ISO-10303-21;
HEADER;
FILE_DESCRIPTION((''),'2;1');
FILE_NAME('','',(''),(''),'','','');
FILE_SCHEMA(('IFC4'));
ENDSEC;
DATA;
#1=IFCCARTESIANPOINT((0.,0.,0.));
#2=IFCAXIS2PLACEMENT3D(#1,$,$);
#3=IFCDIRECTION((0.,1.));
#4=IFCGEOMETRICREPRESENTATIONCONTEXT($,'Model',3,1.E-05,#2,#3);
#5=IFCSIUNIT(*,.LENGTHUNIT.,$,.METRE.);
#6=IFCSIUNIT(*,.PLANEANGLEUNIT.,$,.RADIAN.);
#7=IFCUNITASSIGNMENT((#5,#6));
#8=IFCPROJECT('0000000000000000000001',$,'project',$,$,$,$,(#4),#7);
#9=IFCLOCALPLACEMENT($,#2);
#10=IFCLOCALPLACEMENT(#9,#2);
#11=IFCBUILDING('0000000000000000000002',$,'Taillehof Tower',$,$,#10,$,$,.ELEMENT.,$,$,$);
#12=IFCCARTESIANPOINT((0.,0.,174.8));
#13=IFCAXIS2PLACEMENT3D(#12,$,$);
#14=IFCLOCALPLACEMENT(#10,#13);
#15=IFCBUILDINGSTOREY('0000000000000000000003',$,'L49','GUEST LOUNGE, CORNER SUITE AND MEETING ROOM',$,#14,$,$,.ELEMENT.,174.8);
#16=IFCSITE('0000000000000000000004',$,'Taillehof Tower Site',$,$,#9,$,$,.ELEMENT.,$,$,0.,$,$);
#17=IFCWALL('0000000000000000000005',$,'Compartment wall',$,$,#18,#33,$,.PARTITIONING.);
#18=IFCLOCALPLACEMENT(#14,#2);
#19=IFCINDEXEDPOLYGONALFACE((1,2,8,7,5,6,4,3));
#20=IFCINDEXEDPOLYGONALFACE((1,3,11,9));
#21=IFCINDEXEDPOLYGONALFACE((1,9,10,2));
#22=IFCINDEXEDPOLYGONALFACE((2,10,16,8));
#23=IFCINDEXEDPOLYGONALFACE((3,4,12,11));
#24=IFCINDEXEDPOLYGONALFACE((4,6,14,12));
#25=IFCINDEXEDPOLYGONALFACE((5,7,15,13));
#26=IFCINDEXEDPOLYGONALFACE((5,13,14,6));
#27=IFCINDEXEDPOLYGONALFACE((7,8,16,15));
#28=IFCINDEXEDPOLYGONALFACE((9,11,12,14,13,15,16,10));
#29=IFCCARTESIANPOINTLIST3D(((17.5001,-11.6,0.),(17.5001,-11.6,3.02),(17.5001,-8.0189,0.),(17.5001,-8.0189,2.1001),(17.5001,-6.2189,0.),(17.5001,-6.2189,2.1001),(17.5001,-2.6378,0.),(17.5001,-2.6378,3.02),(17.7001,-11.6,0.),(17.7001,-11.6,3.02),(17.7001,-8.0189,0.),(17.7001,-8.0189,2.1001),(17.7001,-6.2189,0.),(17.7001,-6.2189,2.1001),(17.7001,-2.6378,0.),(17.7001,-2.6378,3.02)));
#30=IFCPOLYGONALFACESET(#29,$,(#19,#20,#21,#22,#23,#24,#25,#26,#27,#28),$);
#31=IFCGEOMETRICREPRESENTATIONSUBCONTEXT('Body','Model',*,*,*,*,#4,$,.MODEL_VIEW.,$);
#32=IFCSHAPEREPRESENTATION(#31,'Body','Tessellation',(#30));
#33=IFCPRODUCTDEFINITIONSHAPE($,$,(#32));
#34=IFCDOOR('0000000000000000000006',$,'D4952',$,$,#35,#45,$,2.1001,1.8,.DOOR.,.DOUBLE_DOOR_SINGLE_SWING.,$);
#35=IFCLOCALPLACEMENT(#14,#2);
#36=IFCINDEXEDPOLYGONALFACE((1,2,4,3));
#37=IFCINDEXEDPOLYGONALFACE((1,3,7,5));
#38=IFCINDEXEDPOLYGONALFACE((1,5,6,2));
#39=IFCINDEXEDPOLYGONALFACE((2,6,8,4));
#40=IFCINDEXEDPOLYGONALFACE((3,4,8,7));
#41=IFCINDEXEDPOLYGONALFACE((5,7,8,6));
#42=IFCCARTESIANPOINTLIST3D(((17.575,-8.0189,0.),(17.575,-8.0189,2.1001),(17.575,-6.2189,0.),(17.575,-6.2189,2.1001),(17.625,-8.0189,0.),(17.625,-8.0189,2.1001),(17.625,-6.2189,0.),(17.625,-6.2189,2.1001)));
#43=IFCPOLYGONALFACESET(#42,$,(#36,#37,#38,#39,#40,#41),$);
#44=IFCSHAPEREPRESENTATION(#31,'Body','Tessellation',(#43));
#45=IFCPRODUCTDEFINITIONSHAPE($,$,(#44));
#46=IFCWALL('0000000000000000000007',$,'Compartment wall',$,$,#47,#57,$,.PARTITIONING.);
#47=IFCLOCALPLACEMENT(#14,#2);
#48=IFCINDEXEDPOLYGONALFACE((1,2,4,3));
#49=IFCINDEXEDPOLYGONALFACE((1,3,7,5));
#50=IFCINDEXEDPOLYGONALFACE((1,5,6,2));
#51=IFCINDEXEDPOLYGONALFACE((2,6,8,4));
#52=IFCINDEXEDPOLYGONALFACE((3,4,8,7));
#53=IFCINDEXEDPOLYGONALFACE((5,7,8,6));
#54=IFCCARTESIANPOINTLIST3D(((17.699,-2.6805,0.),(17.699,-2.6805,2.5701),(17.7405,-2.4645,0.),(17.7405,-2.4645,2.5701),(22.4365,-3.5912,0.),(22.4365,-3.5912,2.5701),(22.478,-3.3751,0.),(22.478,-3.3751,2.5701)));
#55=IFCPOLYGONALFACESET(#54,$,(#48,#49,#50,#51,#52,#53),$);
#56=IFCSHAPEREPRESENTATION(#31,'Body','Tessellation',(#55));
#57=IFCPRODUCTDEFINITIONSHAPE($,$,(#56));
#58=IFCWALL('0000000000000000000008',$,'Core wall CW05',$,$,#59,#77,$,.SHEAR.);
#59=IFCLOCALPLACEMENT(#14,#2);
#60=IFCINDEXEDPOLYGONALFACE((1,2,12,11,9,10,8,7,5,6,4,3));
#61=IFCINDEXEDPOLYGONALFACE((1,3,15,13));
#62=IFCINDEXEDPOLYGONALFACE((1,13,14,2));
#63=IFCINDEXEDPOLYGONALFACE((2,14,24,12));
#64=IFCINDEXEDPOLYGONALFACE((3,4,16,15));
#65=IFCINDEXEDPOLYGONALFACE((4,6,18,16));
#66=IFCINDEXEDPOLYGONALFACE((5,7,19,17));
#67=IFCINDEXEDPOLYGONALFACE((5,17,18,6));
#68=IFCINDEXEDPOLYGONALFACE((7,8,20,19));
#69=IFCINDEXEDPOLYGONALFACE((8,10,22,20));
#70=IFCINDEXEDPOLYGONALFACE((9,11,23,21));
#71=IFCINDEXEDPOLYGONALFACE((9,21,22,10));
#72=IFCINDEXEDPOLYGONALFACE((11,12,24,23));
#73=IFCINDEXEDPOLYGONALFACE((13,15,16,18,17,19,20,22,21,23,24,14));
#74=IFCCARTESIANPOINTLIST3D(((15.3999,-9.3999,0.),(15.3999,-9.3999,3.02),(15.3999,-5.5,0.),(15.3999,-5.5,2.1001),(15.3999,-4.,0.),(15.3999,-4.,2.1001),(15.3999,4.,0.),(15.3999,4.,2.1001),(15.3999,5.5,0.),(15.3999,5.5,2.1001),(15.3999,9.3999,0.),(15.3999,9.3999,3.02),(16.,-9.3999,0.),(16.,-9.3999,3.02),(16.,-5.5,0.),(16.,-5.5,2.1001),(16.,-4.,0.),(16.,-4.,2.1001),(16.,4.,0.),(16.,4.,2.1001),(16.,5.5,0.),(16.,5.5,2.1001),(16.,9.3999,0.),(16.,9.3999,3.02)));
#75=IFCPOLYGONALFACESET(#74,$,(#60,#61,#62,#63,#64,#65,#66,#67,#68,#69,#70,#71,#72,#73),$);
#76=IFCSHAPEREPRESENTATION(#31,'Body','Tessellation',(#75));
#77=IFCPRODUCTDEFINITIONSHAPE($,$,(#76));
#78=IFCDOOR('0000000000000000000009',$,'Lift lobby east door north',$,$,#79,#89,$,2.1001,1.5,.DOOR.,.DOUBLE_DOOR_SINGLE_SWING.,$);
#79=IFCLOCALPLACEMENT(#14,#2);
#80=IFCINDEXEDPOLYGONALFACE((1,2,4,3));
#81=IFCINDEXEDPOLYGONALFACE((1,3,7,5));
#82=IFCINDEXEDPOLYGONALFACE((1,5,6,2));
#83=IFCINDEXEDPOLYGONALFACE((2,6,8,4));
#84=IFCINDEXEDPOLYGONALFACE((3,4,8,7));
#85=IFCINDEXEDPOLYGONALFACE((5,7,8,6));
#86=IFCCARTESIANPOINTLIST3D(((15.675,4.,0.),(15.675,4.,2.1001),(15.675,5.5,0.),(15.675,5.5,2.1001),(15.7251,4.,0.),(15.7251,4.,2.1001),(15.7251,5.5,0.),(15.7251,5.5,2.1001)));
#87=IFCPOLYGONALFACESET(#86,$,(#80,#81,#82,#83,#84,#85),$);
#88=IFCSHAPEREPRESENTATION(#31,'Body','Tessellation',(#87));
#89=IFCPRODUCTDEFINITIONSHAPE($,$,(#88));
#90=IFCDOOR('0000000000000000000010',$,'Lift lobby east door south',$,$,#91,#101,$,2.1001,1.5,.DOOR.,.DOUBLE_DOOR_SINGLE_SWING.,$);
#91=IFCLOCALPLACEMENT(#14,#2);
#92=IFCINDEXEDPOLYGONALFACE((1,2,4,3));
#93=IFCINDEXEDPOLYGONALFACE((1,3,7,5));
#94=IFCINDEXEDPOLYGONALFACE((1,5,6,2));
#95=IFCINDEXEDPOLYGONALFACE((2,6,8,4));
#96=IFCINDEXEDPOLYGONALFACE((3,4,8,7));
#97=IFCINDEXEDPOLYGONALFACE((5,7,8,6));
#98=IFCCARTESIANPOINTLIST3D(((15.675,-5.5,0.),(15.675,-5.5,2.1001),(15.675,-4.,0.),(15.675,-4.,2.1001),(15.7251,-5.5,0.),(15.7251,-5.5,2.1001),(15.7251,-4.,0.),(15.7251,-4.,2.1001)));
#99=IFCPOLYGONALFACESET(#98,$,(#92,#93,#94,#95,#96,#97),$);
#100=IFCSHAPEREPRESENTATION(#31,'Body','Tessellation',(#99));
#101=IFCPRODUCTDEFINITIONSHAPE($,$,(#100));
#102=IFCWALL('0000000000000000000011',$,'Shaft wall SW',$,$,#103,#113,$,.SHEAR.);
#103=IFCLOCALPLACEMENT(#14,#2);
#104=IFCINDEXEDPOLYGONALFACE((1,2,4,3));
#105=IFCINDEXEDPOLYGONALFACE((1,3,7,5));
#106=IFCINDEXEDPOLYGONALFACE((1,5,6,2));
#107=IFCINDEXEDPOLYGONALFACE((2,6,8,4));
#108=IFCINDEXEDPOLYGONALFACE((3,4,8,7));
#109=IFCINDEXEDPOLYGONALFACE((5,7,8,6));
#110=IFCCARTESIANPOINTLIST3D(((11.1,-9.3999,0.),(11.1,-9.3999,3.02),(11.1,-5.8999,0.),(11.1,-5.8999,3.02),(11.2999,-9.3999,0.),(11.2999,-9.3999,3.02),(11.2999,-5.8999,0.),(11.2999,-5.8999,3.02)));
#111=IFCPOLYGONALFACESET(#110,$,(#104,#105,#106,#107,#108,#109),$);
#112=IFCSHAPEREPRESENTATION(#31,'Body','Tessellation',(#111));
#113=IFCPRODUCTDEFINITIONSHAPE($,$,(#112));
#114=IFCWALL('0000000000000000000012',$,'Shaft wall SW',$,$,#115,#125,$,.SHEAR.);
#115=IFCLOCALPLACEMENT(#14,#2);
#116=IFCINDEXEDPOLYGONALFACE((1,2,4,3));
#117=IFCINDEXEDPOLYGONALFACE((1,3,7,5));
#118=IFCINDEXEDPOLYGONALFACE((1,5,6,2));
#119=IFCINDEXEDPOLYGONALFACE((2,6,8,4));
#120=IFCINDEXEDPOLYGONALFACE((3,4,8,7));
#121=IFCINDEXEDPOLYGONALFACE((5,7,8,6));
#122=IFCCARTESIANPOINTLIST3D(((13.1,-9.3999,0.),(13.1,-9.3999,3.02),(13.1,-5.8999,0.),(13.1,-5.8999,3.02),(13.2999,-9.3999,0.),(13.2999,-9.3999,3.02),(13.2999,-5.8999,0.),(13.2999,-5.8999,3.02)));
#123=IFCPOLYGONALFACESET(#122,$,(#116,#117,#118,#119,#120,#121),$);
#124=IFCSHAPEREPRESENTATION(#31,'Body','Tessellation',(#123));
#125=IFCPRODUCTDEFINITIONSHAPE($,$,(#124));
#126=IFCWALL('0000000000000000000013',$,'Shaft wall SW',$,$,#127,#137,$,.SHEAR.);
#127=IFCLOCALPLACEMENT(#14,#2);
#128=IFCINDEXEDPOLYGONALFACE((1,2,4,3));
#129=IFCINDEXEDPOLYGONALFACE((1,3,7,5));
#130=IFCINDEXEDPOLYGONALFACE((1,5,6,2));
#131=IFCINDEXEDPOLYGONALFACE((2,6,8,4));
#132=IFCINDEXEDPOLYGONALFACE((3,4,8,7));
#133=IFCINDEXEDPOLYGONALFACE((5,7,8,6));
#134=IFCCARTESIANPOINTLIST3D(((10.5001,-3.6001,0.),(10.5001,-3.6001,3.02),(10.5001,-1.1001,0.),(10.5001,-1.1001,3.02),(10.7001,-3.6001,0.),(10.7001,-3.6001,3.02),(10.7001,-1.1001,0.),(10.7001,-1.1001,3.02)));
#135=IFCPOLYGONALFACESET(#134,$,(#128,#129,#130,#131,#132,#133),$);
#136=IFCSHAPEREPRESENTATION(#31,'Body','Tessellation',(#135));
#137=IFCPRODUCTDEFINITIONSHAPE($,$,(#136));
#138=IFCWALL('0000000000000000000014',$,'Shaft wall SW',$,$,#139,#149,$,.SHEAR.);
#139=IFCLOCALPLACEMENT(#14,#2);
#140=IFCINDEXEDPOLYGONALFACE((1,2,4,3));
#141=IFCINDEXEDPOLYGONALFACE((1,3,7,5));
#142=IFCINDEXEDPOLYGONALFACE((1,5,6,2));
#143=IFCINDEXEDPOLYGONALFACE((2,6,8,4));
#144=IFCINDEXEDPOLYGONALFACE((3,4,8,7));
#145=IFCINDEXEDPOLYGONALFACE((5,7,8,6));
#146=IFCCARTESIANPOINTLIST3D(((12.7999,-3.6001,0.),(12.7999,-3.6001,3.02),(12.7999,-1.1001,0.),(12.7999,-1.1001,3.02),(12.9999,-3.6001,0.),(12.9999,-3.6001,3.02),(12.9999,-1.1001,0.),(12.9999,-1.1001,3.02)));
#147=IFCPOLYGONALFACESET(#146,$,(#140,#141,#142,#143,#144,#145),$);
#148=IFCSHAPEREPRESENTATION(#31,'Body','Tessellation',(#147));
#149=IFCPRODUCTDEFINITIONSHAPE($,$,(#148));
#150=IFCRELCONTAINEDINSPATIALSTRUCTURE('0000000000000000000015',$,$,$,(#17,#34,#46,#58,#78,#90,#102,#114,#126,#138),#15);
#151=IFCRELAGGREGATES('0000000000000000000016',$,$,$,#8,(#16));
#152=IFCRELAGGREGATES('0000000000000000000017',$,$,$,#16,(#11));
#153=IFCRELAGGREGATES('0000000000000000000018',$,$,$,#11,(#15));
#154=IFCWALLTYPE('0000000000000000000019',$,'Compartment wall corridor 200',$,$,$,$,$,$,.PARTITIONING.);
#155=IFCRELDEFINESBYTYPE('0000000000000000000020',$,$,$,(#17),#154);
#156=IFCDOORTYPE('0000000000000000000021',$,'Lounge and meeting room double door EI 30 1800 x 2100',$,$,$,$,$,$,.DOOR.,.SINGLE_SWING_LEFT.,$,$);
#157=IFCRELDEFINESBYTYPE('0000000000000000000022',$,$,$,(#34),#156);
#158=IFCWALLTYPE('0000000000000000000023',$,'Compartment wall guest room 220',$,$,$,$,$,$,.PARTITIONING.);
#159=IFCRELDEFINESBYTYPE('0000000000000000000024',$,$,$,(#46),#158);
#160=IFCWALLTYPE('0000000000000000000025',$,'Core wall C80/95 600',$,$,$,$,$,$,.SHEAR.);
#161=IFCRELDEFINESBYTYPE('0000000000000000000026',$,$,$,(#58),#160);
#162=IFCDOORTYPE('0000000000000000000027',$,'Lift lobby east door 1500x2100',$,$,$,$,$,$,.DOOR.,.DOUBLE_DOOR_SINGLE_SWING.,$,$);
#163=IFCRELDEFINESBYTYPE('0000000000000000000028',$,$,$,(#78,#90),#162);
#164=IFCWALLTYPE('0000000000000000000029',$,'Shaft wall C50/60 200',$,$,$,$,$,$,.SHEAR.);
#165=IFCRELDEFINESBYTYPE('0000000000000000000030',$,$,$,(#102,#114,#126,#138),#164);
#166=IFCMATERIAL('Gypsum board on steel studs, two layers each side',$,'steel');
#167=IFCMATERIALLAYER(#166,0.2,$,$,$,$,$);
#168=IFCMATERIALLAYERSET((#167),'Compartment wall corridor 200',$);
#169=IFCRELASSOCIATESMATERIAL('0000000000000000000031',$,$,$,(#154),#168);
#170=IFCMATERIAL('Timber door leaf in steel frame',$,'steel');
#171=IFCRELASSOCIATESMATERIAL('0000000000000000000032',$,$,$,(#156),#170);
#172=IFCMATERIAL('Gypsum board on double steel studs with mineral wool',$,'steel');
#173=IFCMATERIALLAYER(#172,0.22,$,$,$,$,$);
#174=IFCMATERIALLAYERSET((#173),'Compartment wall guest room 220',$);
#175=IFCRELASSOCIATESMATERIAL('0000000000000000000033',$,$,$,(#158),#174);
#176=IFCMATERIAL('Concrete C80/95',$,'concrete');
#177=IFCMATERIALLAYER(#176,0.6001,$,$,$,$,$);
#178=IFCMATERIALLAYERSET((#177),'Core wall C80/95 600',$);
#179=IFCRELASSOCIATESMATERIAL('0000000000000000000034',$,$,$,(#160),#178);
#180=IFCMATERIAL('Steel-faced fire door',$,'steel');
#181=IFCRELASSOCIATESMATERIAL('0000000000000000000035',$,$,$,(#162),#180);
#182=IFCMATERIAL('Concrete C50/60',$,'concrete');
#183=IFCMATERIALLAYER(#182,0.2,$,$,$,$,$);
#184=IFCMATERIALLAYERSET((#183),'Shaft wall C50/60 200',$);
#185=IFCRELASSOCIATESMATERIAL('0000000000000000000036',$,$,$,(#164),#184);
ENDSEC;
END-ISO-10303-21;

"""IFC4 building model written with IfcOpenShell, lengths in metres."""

from ifc_helpers import new_model, si_unit, direction, frame, frame_2d, origin, place, context, subcontext, project, spatial, rectangle, extrude, material, layer, layer_set, type_object, element, fill, save


model = new_model("IFC4")

# Units and contexts
model_context = context("Model", 3, precision=1e-05, world=origin(), true_north=direction((0.0, 1.0)))
body_context = subcontext(model_context, "Body", "Model", "MODEL_VIEW")
ifc_project = project(units=[si_unit("LENGTHUNIT", "METRE"), si_unit("PLANEANGLEUNIT", "RADIAN")], contexts=[model_context])

# Site, building, storey
site_placement = place(None, origin())
site = spatial("IfcSite", under=ifc_project, at=site_placement, Name="Taillehof Tower Site", CompositionType="ELEMENT", RefElevation=0.0)
building_placement = place(site_placement, origin())
building = spatial("IfcBuilding", under=site, at=building_placement, Name="Taillehof Tower", CompositionType="ELEMENT")
storey_placement = place(building_placement, frame((0.0, 0.0, 174.8)))
storey = spatial("IfcBuildingStorey", under=building, at=storey_placement, Name="L49", Description="GUEST LOUNGE, CORNER SUITE AND MEETING ROOM", CompositionType="ELEMENT", Elevation=174.8)

# Shared definitions
ifc_material_1 = material(Name="Gypsum board on steel studs, two layers each side", Category="steel")
ifc_layer_1 = layer(ifc_material_1, 0.2)
ifc_layer_set_1 = layer_set([ifc_layer_1], Name="Compartment wall corridor 200")
wall_type_1 = type_object("IfcWallType", Name="Compartment wall corridor 200", PredefinedType="PARTITIONING", material=ifc_layer_set_1)

# Wall, opening, door
wall_1_placement = place(storey_placement, frame((17.6001, -2.6379, 0.0), z_axis=(0.0, 0.0, 1.0), x_axis=(0.0, -1.0, 0.0)))
wall_1 = element("IfcWall", 1, at=wall_1_placement, inside=storey, type_object=wall_type_1, Name="Compartment wall", PredefinedType="PARTITIONING", context=body_context, shape_type="SweptSolid", body=[
    extrude(rectangle(XDim=8.9622, YDim=0.2, at=frame_2d((4.481, 0.0))), origin(), (0.0, 0.0, 1.0), 3.02),
])
opening_1_placement = place(wall_1_placement, frame((3.5811, 0.0, 0.0)))
opening_1 = element("IfcOpeningElement", 2, at=opening_1_placement, cuts=wall_1, PredefinedType="OPENING", context=body_context, shape_type="SweptSolid", body=[
    extrude(rectangle(XDim=1.8, YDim=2.1001, at=frame_2d((0.8999, 1.05))), frame((0.0, 0.1099, 0.0), z_axis=(0.0, -1.0, 0.0), x_axis=(1.0, 0.0, 0.0)), (0.0, 0.0, 1.0), 0.22),
])
ifc_material_2 = material(Name="Timber door leaf in steel frame", Category="steel")
door_type_1 = type_object("IfcDoorType", Name="Lounge and meeting room double door EI 30 1800 x 2100", OperationType="SINGLE_SWING_LEFT", PredefinedType="DOOR", material=ifc_material_2)
door_1_placement = place(opening_1_placement, origin())
door_1 = element("IfcDoor", 3, at=door_1_placement, inside=storey, type_object=door_type_1, Name="D4952", OperationType="DOUBLE_DOOR_SINGLE_SWING", OverallHeight=2.1001, OverallWidth=1.8, PredefinedType="DOOR", context=body_context, shape_type="SweptSolid", body=[
    extrude(rectangle(XDim=1.8, YDim=2.1001, at=frame_2d((0.8999, 1.05))), frame((0.0, 0.0249, 0.0), z_axis=(0.0, -1.0, 0.0), x_axis=(1.0, 0.0, 0.0)), (0.0, 0.0, 1.0), 0.05),
])
fill(opening_1, door_1)

# Wall
ifc_material_3 = material(Name="Gypsum board on double steel studs with mineral wool", Category="steel")
ifc_layer_2 = layer(ifc_material_3, 0.22)
ifc_layer_set_2 = layer_set([ifc_layer_2], Name="Compartment wall guest room 220")
wall_type_2 = type_object("IfcWallType", Name="Compartment wall guest room 220", PredefinedType="PARTITIONING", material=ifc_layer_set_2)
wall_2_placement = place(storey_placement, frame((22.4573, -3.4832, 0.0), z_axis=(0.0, 0.0, 1.0), x_axis=(-0.982023, 0.188763, 0.0)))
element("IfcWall", 4, at=wall_2_placement, inside=storey, type_object=wall_type_2, Name="Compartment wall", PredefinedType="PARTITIONING", context=body_context, shape_type="SweptSolid", body=[
    extrude(rectangle(XDim=4.8242, YDim=0.22, at=frame_2d((2.4121, 0.0))), origin(), (0.0, 0.0, 1.0), 2.5701),
])

# Wall, openings, doors
ifc_material_4 = material(Name="Concrete C80/95", Category="concrete")
ifc_layer_3 = layer(ifc_material_4, 0.6001)
ifc_layer_set_3 = layer_set([ifc_layer_3], Name="Core wall C80/95 600")
wall_type_3 = type_object("IfcWallType", Name="Core wall C80/95 600", PredefinedType="SHEAR", material=ifc_layer_set_3)
wall_3_placement = place(storey_placement, frame((15.7, -9.3999, 0.0), z_axis=(0.0, 0.0, 1.0), x_axis=(0.0, 1.0, 0.0)))
wall_3 = element("IfcWall", 5, at=wall_3_placement, inside=storey, type_object=wall_type_3, Name="Core wall CW05", PredefinedType="SHEAR", context=body_context, shape_type="SweptSolid", body=[
    extrude(rectangle(XDim=18.7998, YDim=0.6001, at=frame_2d((9.3999, 0.0))), origin(), (0.0, 0.0, 1.0), 3.02),
])
opening_2_placement = place(wall_3_placement, frame((13.3999, 0.0, 0.0)))
opening_2 = element("IfcOpeningElement", 6, at=opening_2_placement, cuts=wall_3, PredefinedType="OPENING", context=body_context, shape_type="SweptSolid", body=[
    extrude(rectangle(XDim=1.5, YDim=2.1001, at=frame_2d((0.75, 1.05))), frame((0.0, 0.3101, 0.0), z_axis=(0.0, -1.0, 0.0), x_axis=(1.0, 0.0, 0.0)), (0.0, 0.0, 1.0), 0.6201),
])
opening_3_placement = place(wall_3_placement, frame((3.8999, 0.0, 0.0)))
opening_3 = element("IfcOpeningElement", 7, at=opening_3_placement, cuts=wall_3, PredefinedType="OPENING", context=body_context, shape_type="SweptSolid", body=[
    extrude(rectangle(XDim=1.5, YDim=2.1001, at=frame_2d((0.75, 1.05))), frame((0.0, 0.3101, 0.0), z_axis=(0.0, -1.0, 0.0), x_axis=(1.0, 0.0, 0.0)), (0.0, 0.0, 1.0), 0.6201),
])
ifc_material_5 = material(Name="Steel-faced fire door", Category="steel")
door_type_2 = type_object("IfcDoorType", Name="Lift lobby east door 1500x2100", OperationType="DOUBLE_DOOR_SINGLE_SWING", PredefinedType="DOOR", material=ifc_material_5)
door_2_placement = place(opening_2_placement, origin())
door_2 = element("IfcDoor", 8, at=door_2_placement, inside=storey, type_object=door_type_2, Name="Lift lobby east door north", OperationType="DOUBLE_DOOR_SINGLE_SWING", OverallHeight=2.1001, OverallWidth=1.5, PredefinedType="DOOR", context=body_context, shape_type="SweptSolid", body=[
    extrude(rectangle(XDim=1.5, YDim=2.1001, at=frame_2d((0.75, 1.05))), frame((0.0, 0.0249, 0.0), z_axis=(0.0, -1.0, 0.0), x_axis=(1.0, 0.0, 0.0)), (0.0, 0.0, 1.0), 0.05),
])
fill(opening_2, door_2)
door_3_placement = place(opening_3_placement, origin())
door_3 = element("IfcDoor", 9, at=door_3_placement, inside=storey, type_object=door_type_2, Name="Lift lobby east door south", OperationType="DOUBLE_DOOR_SINGLE_SWING", OverallHeight=2.1001, OverallWidth=1.5, PredefinedType="DOOR", context=body_context, shape_type="SweptSolid", body=[
    extrude(rectangle(XDim=1.5, YDim=2.1001, at=frame_2d((0.75, 1.05))), frame((0.0, 0.0249, 0.0), z_axis=(0.0, -1.0, 0.0), x_axis=(1.0, 0.0, 0.0)), (0.0, 0.0, 1.0), 0.05),
])
fill(opening_3, door_3)

# Walls
ifc_material_6 = material(Name="Concrete C50/60", Category="concrete")
ifc_layer_4 = layer(ifc_material_6, 0.2)
ifc_layer_set_4 = layer_set([ifc_layer_4], Name="Shaft wall C50/60 200")
wall_type_4 = type_object("IfcWallType", Name="Shaft wall C50/60 200", PredefinedType="SHEAR", material=ifc_layer_set_4)
for number, where, z_axis, x_axis, name in (
    (10, (11.2, -9.3999, 0.0), (0.0, 0.0, 1.0), (0.0, 1.0, 0.0), "Shaft wall SW"),
    (11, (13.2, -9.3999, 0.0), (0.0, 0.0, 1.0), (0.0, 1.0, 0.0), "Shaft wall SW"),
):
    element("IfcWall", number, at=place(storey_placement, frame(where, z_axis=z_axis, x_axis=x_axis)), inside=storey, type_object=wall_type_4, Name=name, PredefinedType="SHEAR", context=body_context, shape_type="SweptSolid", body=[
        extrude(rectangle(XDim=3.5, YDim=0.2, at=frame_2d((1.75, 0.0))), origin(), (0.0, 0.0, 1.0), 3.02),
    ])
for number, where, z_axis, x_axis, name in (
    (12, (10.6001, -3.6001, 0.0), (0.0, 0.0, 1.0), (0.0, 1.0, 0.0), "Shaft wall SW"),
    (13, (12.8999, -3.6001, 0.0), (0.0, 0.0, 1.0), (0.0, 1.0, 0.0), "Shaft wall SW"),
):
    element("IfcWall", number, at=place(storey_placement, frame(where, z_axis=z_axis, x_axis=x_axis)), inside=storey, type_object=wall_type_4, Name=name, PredefinedType="SHEAR", context=body_context, shape_type="SweptSolid", body=[
        extrude(rectangle(XDim=2.5, YDim=0.2, at=frame_2d((1.25, 0.0))), origin(), (0.0, 0.0, 1.0), 3.02),
    ])

save(model, "model.ifc")
